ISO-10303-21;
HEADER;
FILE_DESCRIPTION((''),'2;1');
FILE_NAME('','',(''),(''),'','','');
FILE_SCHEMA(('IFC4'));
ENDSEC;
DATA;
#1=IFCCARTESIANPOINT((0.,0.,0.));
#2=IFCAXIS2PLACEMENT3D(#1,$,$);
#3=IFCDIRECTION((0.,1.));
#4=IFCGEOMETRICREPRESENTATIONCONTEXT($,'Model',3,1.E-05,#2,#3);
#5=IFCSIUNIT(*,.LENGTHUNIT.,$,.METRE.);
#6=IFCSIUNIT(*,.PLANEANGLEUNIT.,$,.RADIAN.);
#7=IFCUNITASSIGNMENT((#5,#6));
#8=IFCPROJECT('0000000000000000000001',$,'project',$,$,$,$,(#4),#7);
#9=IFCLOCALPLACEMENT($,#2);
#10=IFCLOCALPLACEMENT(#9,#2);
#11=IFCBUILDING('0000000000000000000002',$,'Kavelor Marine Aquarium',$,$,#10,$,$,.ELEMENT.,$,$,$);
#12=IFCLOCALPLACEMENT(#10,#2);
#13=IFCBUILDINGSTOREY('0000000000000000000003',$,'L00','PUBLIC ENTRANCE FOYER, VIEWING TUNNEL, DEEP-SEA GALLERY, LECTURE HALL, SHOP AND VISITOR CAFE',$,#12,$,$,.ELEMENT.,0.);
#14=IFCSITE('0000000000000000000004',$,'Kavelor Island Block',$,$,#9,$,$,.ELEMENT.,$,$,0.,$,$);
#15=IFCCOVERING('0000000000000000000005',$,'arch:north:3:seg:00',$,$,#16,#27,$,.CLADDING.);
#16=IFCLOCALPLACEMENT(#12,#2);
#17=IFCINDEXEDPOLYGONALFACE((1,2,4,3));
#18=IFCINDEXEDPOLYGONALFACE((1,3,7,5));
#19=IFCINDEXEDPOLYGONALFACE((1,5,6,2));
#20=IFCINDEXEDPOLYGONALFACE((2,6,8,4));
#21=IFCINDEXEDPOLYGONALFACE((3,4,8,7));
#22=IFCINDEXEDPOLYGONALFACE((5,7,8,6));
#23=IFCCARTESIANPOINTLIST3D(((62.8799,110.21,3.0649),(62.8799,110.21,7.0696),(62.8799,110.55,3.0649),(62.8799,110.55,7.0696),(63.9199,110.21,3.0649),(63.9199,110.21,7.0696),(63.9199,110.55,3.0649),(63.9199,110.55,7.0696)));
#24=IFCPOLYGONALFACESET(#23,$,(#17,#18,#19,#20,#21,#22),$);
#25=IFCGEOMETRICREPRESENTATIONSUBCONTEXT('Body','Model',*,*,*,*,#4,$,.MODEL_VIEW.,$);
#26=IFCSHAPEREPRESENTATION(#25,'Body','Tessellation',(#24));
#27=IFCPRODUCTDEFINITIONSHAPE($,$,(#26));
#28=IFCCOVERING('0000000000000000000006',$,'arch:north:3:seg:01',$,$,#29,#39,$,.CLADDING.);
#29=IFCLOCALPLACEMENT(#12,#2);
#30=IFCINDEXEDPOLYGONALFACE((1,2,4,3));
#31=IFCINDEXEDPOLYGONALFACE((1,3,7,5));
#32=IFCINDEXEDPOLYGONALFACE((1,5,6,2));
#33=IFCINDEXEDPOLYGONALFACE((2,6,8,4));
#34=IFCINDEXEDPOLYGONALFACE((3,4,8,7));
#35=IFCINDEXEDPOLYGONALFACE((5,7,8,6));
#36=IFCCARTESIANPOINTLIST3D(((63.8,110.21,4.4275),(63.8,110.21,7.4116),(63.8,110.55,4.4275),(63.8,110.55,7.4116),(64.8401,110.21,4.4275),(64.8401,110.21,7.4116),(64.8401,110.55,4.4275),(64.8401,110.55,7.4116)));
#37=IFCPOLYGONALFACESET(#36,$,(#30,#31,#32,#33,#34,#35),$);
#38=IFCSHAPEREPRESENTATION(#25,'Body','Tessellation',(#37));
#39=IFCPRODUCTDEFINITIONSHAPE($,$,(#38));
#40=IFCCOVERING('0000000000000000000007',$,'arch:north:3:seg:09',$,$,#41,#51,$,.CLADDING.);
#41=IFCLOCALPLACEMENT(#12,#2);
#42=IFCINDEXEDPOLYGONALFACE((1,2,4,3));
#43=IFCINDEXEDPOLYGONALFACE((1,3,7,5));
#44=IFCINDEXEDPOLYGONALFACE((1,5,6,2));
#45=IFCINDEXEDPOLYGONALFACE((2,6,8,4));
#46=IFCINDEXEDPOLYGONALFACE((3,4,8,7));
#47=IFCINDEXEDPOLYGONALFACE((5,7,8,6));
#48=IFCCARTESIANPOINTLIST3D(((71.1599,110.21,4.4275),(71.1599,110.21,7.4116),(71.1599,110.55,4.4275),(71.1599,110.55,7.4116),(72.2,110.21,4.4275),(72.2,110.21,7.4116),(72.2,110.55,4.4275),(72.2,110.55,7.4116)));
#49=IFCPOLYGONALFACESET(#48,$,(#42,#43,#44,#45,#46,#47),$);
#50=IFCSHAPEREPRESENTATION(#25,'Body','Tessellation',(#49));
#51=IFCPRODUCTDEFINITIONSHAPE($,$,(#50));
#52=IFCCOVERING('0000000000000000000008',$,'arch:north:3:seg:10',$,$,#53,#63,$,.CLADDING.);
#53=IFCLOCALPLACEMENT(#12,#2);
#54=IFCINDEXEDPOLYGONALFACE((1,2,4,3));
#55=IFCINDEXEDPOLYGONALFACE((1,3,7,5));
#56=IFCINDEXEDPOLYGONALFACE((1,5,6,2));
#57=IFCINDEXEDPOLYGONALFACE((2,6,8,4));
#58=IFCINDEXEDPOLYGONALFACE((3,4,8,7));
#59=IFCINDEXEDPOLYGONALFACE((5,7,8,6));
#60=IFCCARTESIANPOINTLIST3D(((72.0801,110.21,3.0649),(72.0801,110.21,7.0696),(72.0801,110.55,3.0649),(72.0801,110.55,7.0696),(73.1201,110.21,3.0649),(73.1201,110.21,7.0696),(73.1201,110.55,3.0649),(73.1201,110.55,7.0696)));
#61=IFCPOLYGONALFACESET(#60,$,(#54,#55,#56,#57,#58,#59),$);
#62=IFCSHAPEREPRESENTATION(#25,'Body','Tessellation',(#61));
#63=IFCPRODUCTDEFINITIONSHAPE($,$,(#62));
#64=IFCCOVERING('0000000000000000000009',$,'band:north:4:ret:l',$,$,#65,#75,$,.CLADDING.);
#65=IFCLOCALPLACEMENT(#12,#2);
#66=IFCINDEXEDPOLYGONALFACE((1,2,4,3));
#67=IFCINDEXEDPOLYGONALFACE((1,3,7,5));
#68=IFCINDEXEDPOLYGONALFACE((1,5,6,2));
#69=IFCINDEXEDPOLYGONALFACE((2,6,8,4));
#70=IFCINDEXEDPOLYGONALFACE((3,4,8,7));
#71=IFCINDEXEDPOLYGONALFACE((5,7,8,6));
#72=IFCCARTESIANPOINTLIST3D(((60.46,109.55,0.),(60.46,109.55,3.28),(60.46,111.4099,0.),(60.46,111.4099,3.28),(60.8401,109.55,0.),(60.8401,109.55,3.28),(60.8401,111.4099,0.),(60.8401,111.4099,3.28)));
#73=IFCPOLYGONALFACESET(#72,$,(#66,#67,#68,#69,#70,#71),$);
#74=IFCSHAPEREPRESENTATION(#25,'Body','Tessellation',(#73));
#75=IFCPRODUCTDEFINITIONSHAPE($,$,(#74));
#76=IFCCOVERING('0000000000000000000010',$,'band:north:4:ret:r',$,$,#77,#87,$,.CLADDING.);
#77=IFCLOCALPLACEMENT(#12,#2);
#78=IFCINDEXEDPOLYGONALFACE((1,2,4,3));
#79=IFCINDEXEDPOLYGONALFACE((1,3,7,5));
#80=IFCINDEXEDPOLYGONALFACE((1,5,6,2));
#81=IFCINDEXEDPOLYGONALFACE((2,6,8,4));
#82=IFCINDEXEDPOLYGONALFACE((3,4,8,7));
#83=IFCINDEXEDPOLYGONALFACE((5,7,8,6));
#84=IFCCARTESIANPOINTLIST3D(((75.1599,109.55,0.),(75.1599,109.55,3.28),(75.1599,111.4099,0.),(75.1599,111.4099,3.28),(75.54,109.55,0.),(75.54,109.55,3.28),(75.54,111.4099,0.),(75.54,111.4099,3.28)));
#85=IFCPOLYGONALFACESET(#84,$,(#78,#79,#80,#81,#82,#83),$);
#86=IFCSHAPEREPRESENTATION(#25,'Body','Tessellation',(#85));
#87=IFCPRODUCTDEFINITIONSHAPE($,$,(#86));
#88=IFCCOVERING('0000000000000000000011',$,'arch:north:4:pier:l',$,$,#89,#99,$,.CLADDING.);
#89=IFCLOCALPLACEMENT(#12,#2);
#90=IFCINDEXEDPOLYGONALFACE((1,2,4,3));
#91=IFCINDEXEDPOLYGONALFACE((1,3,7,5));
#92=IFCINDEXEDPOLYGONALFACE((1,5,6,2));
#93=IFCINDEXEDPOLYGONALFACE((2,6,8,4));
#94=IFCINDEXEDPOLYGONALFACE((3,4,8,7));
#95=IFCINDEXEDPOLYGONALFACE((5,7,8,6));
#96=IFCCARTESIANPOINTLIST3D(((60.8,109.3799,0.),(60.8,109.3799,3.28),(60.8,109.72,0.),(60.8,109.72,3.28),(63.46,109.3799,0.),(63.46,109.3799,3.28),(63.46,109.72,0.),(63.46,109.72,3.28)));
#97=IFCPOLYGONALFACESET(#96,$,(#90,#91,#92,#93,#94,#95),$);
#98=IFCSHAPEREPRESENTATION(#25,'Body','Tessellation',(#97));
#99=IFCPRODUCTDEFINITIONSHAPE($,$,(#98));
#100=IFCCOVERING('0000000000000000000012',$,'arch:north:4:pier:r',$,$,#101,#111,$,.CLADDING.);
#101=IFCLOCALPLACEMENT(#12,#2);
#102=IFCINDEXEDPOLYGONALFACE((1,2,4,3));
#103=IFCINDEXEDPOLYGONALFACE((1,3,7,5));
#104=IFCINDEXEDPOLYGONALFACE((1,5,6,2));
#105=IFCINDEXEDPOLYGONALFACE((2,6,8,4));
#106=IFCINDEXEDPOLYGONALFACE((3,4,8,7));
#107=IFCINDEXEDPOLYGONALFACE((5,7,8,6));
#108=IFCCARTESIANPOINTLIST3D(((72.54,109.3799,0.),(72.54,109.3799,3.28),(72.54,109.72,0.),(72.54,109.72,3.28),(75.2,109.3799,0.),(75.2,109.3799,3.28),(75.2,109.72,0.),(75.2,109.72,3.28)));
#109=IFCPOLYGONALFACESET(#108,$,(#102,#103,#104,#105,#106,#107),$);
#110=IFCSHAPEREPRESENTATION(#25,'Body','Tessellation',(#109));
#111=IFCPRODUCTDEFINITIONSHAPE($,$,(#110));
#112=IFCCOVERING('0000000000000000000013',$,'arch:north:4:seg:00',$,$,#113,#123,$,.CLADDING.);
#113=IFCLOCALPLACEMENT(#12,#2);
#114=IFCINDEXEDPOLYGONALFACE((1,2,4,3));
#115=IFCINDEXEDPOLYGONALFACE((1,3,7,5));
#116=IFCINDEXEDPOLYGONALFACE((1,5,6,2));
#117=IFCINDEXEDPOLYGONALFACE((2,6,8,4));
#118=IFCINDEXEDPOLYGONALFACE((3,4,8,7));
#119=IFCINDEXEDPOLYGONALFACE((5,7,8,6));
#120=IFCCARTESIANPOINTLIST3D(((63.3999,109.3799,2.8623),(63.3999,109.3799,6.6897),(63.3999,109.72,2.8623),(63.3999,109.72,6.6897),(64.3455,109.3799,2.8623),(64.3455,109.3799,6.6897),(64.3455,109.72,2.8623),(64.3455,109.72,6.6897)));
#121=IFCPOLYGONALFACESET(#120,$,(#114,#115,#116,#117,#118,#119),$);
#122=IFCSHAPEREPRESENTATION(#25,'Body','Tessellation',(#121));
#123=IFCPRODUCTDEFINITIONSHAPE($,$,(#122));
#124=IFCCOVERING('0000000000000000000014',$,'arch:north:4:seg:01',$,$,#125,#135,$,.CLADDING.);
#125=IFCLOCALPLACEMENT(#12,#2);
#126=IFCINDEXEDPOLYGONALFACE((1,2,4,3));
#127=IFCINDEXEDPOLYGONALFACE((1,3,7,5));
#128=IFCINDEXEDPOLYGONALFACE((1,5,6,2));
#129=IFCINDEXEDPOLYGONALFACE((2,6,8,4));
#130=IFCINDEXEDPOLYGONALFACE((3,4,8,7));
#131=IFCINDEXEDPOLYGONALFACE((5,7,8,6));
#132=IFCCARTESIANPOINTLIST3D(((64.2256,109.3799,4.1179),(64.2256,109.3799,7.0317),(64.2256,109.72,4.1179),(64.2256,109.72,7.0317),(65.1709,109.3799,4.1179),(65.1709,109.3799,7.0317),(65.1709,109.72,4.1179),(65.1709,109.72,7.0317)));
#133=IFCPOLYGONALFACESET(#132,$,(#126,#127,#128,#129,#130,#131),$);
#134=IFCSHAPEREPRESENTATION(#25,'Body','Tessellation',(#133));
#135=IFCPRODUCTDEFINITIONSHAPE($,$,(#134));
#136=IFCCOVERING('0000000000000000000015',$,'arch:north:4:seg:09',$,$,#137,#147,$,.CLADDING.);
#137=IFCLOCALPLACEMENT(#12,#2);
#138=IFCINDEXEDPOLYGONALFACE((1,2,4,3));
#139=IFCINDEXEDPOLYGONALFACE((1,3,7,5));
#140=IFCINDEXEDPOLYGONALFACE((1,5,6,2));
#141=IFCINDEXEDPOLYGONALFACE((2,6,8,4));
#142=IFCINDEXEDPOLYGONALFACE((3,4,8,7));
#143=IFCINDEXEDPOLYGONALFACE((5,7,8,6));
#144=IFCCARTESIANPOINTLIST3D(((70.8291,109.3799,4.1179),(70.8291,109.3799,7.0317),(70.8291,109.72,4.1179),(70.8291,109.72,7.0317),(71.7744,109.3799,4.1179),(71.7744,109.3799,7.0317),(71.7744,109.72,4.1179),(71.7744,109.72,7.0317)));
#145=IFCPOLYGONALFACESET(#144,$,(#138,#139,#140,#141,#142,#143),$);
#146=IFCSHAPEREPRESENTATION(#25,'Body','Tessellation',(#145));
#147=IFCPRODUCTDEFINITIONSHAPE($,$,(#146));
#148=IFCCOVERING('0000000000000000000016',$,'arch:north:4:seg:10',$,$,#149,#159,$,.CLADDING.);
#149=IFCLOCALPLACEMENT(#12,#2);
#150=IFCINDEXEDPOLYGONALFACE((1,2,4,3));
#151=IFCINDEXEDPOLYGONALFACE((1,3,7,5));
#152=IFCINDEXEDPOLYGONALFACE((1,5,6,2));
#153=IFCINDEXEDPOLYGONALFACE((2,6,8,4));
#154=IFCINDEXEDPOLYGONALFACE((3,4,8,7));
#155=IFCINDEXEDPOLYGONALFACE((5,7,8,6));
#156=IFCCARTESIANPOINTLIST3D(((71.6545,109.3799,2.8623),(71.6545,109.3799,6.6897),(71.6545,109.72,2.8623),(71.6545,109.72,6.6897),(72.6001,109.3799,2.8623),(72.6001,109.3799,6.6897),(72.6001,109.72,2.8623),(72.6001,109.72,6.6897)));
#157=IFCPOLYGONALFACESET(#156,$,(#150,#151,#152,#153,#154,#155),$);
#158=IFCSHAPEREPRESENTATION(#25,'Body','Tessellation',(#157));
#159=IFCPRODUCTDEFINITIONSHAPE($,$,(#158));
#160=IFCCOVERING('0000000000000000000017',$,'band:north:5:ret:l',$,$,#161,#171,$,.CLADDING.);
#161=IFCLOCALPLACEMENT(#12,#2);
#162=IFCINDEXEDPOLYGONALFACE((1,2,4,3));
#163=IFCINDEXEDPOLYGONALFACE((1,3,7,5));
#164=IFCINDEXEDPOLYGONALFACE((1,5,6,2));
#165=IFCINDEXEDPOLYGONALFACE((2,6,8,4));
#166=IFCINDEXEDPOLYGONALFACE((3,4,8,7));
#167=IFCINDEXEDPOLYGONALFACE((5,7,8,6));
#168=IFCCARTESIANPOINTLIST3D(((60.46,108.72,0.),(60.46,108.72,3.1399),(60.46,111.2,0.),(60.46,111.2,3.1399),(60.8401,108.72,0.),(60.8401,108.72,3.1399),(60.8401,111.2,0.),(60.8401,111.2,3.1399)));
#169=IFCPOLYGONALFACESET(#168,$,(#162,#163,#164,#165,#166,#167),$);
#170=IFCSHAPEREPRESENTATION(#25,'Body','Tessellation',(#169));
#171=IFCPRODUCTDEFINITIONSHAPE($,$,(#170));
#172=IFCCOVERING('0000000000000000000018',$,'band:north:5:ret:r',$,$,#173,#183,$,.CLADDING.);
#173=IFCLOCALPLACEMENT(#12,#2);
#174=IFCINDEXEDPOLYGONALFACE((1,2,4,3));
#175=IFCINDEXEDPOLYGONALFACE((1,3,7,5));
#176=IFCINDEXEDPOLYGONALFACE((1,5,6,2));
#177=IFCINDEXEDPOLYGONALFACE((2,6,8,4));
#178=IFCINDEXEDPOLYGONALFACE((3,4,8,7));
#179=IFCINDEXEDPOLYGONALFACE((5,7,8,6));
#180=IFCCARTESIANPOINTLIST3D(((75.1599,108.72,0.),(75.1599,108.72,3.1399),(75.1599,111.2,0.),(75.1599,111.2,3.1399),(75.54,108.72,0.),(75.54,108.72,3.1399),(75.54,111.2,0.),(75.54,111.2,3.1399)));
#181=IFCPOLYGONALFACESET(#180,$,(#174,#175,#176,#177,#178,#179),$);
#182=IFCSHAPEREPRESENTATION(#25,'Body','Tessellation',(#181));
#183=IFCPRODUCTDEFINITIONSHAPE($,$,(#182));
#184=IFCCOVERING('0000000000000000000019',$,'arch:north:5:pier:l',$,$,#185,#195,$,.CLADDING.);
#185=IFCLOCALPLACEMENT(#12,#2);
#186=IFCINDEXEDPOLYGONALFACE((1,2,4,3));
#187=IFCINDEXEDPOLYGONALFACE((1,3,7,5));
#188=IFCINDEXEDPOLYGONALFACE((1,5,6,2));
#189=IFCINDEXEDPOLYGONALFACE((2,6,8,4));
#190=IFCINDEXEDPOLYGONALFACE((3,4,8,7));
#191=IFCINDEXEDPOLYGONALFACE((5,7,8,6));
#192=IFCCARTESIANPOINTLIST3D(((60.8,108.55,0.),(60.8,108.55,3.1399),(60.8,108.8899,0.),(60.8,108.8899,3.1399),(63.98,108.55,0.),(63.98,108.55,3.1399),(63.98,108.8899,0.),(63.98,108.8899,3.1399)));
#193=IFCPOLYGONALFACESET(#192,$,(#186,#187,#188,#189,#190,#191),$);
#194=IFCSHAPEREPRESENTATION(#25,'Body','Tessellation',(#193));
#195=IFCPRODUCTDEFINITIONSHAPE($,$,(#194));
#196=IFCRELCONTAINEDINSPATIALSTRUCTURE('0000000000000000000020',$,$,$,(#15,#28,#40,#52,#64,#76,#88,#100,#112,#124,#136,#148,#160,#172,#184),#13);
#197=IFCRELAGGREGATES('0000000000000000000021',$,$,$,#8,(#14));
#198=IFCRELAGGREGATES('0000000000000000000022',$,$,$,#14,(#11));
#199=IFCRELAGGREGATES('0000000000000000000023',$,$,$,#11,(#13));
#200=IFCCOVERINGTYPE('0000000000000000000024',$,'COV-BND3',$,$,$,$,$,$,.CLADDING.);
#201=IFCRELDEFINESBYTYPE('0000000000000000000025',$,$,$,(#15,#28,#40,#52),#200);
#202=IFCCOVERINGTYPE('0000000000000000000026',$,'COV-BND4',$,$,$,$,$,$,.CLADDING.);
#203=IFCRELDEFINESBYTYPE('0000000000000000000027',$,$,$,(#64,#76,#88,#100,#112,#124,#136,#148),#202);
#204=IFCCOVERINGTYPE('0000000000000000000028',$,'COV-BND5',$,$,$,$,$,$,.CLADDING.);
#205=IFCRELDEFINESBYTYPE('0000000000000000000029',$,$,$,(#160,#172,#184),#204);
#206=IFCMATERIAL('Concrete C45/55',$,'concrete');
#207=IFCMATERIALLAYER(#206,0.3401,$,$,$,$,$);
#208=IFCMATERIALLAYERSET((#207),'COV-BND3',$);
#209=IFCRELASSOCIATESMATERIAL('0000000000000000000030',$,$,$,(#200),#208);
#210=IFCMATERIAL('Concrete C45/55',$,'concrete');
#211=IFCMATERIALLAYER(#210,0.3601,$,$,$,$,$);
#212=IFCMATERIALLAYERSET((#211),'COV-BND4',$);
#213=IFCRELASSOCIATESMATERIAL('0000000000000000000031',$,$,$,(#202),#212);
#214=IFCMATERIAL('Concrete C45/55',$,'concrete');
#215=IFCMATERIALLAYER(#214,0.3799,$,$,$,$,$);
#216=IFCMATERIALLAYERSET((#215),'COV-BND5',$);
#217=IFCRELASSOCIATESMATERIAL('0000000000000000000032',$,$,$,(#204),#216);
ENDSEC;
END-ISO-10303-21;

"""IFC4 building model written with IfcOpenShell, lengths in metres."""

from ifc_helpers import new_model, si_unit, direction, frame, origin, place, context, subcontext, project, spatial, polyline, outline, extrude, material, layer, layer_set, type_object, element, save


model = new_model("IFC4")

# Units and contexts
model_context = context("Model", 3, precision=1e-05, world=origin(), true_north=direction((0.0, 1.0)))
body_context = subcontext(model_context, "Body", "Model", "MODEL_VIEW")
ifc_project = project(units=[si_unit("LENGTHUNIT", "METRE"), si_unit("PLANEANGLEUNIT", "RADIAN")], contexts=[model_context])

# Site, building, storey
site_placement = place(None, origin())
site = spatial("IfcSite", under=ifc_project, at=site_placement, Name="Kavelor Island Block", CompositionType="ELEMENT", RefElevation=0.0)
building_placement = place(site_placement, origin())
building = spatial("IfcBuilding", under=site, at=building_placement, Name="Kavelor Marine Aquarium", CompositionType="ELEMENT")
storey_placement = place(building_placement, origin())
storey = spatial("IfcBuildingStorey", under=building, at=storey_placement, Name="L00", Description="PUBLIC ENTRANCE FOYER, VIEWING TUNNEL, DEEP-SEA GALLERY, LECTURE HALL, SHOP AND VISITOR CAFE", CompositionType="ELEMENT", Elevation=0.0)

# Coverings
ifc_material_1 = material(Name="Concrete C45/55", Category="concrete")
ifc_layer_1 = layer(ifc_material_1, 0.3401)
ifc_layer_set_1 = layer_set([ifc_layer_1], Name="COV-BND3")
covering_type_1 = type_object("IfcCoveringType", Name="COV-BND3", PredefinedType="CLADDING", material=ifc_layer_set_1)
covering_1_placement = place(storey_placement, frame((0.0, 0.0, 3.0649)))
element("IfcCovering", 1, at=covering_1_placement, inside=storey, type_object=covering_type_1, Name="arch:north:3:seg:00", PredefinedType="CLADDING", context=body_context, shape_type="SweptSolid", body=[
    extrude(outline(polyline([(62.8799, 110.21), (63.9199, 110.21), (63.9199, 110.55), (62.8799, 110.55), (62.8799, 110.21)])), origin(), (0.0, 0.0, 1.0), 4.0046),
])
covering_2_placement = place(storey_placement, frame((0.0, 0.0, 4.4275)))
element("IfcCovering", 2, at=covering_2_placement, inside=storey, type_object=covering_type_1, Name="arch:north:3:seg:01", PredefinedType="CLADDING", context=body_context, shape_type="SweptSolid", body=[
    extrude(outline(polyline([(63.8, 110.21), (64.8401, 110.21), (64.8401, 110.55), (63.8, 110.55), (63.8, 110.21)])), origin(), (0.0, 0.0, 1.0), 2.9841),
])
covering_3_placement = place(storey_placement, frame((0.0, 0.0, 4.4275)))
element("IfcCovering", 3, at=covering_3_placement, inside=storey, type_object=covering_type_1, Name="arch:north:3:seg:09", PredefinedType="CLADDING", context=body_context, shape_type="SweptSolid", body=[
    extrude(outline(polyline([(71.1599, 110.21), (72.2, 110.21), (72.2, 110.55), (71.1599, 110.55), (71.1599, 110.21)])), origin(), (0.0, 0.0, 1.0), 2.9841),
])
covering_4_placement = place(storey_placement, frame((0.0, 0.0, 3.0649)))
element("IfcCovering", 4, at=covering_4_placement, inside=storey, type_object=covering_type_1, Name="arch:north:3:seg:10", PredefinedType="CLADDING", context=body_context, shape_type="SweptSolid", body=[
    extrude(outline(polyline([(72.0801, 110.21), (73.1201, 110.21), (73.1201, 110.55), (72.0801, 110.55), (72.0801, 110.21)])), origin(), (0.0, 0.0, 1.0), 4.0046),
])
ifc_material_2 = material(Name="Concrete C45/55", Category="concrete")
ifc_layer_2 = layer(ifc_material_2, 0.3601)
ifc_layer_set_2 = layer_set([ifc_layer_2], Name="COV-BND4")
covering_type_2 = type_object("IfcCoveringType", Name="COV-BND4", PredefinedType="CLADDING", material=ifc_layer_set_2)
covering_5_placement = place(storey_placement, origin())
element("IfcCovering", 5, at=covering_5_placement, inside=storey, type_object=covering_type_2, Name="band:north:4:ret:l", PredefinedType="CLADDING", context=body_context, shape_type="SweptSolid", body=[
    extrude(outline(polyline([(60.46, 109.55), (60.8401, 109.55), (60.8401, 111.4099), (60.46, 111.4099), (60.46, 109.55)])), origin(), (0.0, 0.0, 1.0), 3.28),
])
covering_6_placement = place(storey_placement, origin())
element("IfcCovering", 6, at=covering_6_placement, inside=storey, type_object=covering_type_2, Name="band:north:4:ret:r", PredefinedType="CLADDING", context=body_context, shape_type="SweptSolid", body=[
    extrude(outline(polyline([(75.1599, 109.55), (75.54, 109.55), (75.54, 111.4099), (75.1599, 111.4099), (75.1599, 109.55)])), origin(), (0.0, 0.0, 1.0), 3.28),
])
covering_7_placement = place(storey_placement, origin())
element("IfcCovering", 7, at=covering_7_placement, inside=storey, type_object=covering_type_2, Name="arch:north:4:pier:l", PredefinedType="CLADDING", context=body_context, shape_type="SweptSolid", body=[
    extrude(outline(polyline([(60.8, 109.3799), (63.46, 109.3799), (63.46, 109.72), (60.8, 109.72), (60.8, 109.3799)])), origin(), (0.0, 0.0, 1.0), 3.28),
])
covering_8_placement = place(storey_placement, origin())
element("IfcCovering", 8, at=covering_8_placement, inside=storey, type_object=covering_type_2, Name="arch:north:4:pier:r", PredefinedType="CLADDING", context=body_context, shape_type="SweptSolid", body=[
    extrude(outline(polyline([(72.54, 109.3799), (75.2, 109.3799), (75.2, 109.72), (72.54, 109.72), (72.54, 109.3799)])), origin(), (0.0, 0.0, 1.0), 3.28),
])
covering_9_placement = place(storey_placement, frame((0.0, 0.0, 2.8623)))
element("IfcCovering", 9, at=covering_9_placement, inside=storey, type_object=covering_type_2, Name="arch:north:4:seg:00", PredefinedType="CLADDING", context=body_context, shape_type="SweptSolid", body=[
    extrude(outline(polyline([(63.3999, 109.3799), (64.3455, 109.3799), (64.3455, 109.72), (63.3999, 109.72), (63.3999, 109.3799)])), origin(), (0.0, 0.0, 1.0), 3.8274),
])
covering_10_placement = place(storey_placement, frame((0.0, 0.0, 4.1179)))
element("IfcCovering", 10, at=covering_10_placement, inside=storey, type_object=covering_type_2, Name="arch:north:4:seg:01", PredefinedType="CLADDING", context=body_context, shape_type="SweptSolid", body=[
    extrude(outline(polyline([(64.2256, 109.3799), (65.1709, 109.3799), (65.1709, 109.72), (64.2256, 109.72), (64.2256, 109.3799)])), origin(), (0.0, 0.0, 1.0), 2.9138),
])
covering_11_placement = place(storey_placement, frame((0.0, 0.0, 4.1179)))
element("IfcCovering", 11, at=covering_11_placement, inside=storey, type_object=covering_type_2, Name="arch:north:4:seg:09", PredefinedType="CLADDING", context=body_context, shape_type="SweptSolid", body=[
    extrude(outline(polyline([(70.8291, 109.3799), (71.7744, 109.3799), (71.7744, 109.72), (70.8291, 109.72), (70.8291, 109.3799)])), origin(), (0.0, 0.0, 1.0), 2.9138),
])
covering_12_placement = place(storey_placement, frame((0.0, 0.0, 2.8623)))
element("IfcCovering", 12, at=covering_12_placement, inside=storey, type_object=covering_type_2, Name="arch:north:4:seg:10", PredefinedType="CLADDING", context=body_context, shape_type="SweptSolid", body=[
    extrude(outline(polyline([(71.6545, 109.3799), (72.6001, 109.3799), (72.6001, 109.72), (71.6545, 109.72), (71.6545, 109.3799)])), origin(), (0.0, 0.0, 1.0), 3.8274),
])
ifc_material_3 = material(Name="Concrete C45/55", Category="concrete")
ifc_layer_3 = layer(ifc_material_3, 0.3799)
ifc_layer_set_3 = layer_set([ifc_layer_3], Name="COV-BND5")
covering_type_3 = type_object("IfcCoveringType", Name="COV-BND5", PredefinedType="CLADDING", material=ifc_layer_set_3)
covering_13_placement = place(storey_placement, origin())
element("IfcCovering", 13, at=covering_13_placement, inside=storey, type_object=covering_type_3, Name="band:north:5:ret:l", PredefinedType="CLADDING", context=body_context, shape_type="SweptSolid", body=[
    extrude(outline(polyline([(60.46, 108.72), (60.8401, 108.72), (60.8401, 111.2), (60.46, 111.2), (60.46, 108.72)])), origin(), (0.0, 0.0, 1.0), 3.1399),
])
covering_14_placement = place(storey_placement, origin())
element("IfcCovering", 14, at=covering_14_placement, inside=storey, type_object=covering_type_3, Name="band:north:5:ret:r", PredefinedType="CLADDING", context=body_context, shape_type="SweptSolid", body=[
    extrude(outline(polyline([(75.1599, 108.72), (75.54, 108.72), (75.54, 111.2), (75.1599, 111.2), (75.1599, 108.72)])), origin(), (0.0, 0.0, 1.0), 3.1399),
])
covering_15_placement = place(storey_placement, origin())
element("IfcCovering", 15, at=covering_15_placement, inside=storey, type_object=covering_type_3, Name="arch:north:5:pier:l", PredefinedType="CLADDING", context=body_context, shape_type="SweptSolid", body=[
    extrude(outline(polyline([(60.8, 108.55), (63.98, 108.55), (63.98, 108.8899), (60.8, 108.8899), (60.8, 108.55)])), origin(), (0.0, 0.0, 1.0), 3.1399),
])

save(model, "model.ifc")
